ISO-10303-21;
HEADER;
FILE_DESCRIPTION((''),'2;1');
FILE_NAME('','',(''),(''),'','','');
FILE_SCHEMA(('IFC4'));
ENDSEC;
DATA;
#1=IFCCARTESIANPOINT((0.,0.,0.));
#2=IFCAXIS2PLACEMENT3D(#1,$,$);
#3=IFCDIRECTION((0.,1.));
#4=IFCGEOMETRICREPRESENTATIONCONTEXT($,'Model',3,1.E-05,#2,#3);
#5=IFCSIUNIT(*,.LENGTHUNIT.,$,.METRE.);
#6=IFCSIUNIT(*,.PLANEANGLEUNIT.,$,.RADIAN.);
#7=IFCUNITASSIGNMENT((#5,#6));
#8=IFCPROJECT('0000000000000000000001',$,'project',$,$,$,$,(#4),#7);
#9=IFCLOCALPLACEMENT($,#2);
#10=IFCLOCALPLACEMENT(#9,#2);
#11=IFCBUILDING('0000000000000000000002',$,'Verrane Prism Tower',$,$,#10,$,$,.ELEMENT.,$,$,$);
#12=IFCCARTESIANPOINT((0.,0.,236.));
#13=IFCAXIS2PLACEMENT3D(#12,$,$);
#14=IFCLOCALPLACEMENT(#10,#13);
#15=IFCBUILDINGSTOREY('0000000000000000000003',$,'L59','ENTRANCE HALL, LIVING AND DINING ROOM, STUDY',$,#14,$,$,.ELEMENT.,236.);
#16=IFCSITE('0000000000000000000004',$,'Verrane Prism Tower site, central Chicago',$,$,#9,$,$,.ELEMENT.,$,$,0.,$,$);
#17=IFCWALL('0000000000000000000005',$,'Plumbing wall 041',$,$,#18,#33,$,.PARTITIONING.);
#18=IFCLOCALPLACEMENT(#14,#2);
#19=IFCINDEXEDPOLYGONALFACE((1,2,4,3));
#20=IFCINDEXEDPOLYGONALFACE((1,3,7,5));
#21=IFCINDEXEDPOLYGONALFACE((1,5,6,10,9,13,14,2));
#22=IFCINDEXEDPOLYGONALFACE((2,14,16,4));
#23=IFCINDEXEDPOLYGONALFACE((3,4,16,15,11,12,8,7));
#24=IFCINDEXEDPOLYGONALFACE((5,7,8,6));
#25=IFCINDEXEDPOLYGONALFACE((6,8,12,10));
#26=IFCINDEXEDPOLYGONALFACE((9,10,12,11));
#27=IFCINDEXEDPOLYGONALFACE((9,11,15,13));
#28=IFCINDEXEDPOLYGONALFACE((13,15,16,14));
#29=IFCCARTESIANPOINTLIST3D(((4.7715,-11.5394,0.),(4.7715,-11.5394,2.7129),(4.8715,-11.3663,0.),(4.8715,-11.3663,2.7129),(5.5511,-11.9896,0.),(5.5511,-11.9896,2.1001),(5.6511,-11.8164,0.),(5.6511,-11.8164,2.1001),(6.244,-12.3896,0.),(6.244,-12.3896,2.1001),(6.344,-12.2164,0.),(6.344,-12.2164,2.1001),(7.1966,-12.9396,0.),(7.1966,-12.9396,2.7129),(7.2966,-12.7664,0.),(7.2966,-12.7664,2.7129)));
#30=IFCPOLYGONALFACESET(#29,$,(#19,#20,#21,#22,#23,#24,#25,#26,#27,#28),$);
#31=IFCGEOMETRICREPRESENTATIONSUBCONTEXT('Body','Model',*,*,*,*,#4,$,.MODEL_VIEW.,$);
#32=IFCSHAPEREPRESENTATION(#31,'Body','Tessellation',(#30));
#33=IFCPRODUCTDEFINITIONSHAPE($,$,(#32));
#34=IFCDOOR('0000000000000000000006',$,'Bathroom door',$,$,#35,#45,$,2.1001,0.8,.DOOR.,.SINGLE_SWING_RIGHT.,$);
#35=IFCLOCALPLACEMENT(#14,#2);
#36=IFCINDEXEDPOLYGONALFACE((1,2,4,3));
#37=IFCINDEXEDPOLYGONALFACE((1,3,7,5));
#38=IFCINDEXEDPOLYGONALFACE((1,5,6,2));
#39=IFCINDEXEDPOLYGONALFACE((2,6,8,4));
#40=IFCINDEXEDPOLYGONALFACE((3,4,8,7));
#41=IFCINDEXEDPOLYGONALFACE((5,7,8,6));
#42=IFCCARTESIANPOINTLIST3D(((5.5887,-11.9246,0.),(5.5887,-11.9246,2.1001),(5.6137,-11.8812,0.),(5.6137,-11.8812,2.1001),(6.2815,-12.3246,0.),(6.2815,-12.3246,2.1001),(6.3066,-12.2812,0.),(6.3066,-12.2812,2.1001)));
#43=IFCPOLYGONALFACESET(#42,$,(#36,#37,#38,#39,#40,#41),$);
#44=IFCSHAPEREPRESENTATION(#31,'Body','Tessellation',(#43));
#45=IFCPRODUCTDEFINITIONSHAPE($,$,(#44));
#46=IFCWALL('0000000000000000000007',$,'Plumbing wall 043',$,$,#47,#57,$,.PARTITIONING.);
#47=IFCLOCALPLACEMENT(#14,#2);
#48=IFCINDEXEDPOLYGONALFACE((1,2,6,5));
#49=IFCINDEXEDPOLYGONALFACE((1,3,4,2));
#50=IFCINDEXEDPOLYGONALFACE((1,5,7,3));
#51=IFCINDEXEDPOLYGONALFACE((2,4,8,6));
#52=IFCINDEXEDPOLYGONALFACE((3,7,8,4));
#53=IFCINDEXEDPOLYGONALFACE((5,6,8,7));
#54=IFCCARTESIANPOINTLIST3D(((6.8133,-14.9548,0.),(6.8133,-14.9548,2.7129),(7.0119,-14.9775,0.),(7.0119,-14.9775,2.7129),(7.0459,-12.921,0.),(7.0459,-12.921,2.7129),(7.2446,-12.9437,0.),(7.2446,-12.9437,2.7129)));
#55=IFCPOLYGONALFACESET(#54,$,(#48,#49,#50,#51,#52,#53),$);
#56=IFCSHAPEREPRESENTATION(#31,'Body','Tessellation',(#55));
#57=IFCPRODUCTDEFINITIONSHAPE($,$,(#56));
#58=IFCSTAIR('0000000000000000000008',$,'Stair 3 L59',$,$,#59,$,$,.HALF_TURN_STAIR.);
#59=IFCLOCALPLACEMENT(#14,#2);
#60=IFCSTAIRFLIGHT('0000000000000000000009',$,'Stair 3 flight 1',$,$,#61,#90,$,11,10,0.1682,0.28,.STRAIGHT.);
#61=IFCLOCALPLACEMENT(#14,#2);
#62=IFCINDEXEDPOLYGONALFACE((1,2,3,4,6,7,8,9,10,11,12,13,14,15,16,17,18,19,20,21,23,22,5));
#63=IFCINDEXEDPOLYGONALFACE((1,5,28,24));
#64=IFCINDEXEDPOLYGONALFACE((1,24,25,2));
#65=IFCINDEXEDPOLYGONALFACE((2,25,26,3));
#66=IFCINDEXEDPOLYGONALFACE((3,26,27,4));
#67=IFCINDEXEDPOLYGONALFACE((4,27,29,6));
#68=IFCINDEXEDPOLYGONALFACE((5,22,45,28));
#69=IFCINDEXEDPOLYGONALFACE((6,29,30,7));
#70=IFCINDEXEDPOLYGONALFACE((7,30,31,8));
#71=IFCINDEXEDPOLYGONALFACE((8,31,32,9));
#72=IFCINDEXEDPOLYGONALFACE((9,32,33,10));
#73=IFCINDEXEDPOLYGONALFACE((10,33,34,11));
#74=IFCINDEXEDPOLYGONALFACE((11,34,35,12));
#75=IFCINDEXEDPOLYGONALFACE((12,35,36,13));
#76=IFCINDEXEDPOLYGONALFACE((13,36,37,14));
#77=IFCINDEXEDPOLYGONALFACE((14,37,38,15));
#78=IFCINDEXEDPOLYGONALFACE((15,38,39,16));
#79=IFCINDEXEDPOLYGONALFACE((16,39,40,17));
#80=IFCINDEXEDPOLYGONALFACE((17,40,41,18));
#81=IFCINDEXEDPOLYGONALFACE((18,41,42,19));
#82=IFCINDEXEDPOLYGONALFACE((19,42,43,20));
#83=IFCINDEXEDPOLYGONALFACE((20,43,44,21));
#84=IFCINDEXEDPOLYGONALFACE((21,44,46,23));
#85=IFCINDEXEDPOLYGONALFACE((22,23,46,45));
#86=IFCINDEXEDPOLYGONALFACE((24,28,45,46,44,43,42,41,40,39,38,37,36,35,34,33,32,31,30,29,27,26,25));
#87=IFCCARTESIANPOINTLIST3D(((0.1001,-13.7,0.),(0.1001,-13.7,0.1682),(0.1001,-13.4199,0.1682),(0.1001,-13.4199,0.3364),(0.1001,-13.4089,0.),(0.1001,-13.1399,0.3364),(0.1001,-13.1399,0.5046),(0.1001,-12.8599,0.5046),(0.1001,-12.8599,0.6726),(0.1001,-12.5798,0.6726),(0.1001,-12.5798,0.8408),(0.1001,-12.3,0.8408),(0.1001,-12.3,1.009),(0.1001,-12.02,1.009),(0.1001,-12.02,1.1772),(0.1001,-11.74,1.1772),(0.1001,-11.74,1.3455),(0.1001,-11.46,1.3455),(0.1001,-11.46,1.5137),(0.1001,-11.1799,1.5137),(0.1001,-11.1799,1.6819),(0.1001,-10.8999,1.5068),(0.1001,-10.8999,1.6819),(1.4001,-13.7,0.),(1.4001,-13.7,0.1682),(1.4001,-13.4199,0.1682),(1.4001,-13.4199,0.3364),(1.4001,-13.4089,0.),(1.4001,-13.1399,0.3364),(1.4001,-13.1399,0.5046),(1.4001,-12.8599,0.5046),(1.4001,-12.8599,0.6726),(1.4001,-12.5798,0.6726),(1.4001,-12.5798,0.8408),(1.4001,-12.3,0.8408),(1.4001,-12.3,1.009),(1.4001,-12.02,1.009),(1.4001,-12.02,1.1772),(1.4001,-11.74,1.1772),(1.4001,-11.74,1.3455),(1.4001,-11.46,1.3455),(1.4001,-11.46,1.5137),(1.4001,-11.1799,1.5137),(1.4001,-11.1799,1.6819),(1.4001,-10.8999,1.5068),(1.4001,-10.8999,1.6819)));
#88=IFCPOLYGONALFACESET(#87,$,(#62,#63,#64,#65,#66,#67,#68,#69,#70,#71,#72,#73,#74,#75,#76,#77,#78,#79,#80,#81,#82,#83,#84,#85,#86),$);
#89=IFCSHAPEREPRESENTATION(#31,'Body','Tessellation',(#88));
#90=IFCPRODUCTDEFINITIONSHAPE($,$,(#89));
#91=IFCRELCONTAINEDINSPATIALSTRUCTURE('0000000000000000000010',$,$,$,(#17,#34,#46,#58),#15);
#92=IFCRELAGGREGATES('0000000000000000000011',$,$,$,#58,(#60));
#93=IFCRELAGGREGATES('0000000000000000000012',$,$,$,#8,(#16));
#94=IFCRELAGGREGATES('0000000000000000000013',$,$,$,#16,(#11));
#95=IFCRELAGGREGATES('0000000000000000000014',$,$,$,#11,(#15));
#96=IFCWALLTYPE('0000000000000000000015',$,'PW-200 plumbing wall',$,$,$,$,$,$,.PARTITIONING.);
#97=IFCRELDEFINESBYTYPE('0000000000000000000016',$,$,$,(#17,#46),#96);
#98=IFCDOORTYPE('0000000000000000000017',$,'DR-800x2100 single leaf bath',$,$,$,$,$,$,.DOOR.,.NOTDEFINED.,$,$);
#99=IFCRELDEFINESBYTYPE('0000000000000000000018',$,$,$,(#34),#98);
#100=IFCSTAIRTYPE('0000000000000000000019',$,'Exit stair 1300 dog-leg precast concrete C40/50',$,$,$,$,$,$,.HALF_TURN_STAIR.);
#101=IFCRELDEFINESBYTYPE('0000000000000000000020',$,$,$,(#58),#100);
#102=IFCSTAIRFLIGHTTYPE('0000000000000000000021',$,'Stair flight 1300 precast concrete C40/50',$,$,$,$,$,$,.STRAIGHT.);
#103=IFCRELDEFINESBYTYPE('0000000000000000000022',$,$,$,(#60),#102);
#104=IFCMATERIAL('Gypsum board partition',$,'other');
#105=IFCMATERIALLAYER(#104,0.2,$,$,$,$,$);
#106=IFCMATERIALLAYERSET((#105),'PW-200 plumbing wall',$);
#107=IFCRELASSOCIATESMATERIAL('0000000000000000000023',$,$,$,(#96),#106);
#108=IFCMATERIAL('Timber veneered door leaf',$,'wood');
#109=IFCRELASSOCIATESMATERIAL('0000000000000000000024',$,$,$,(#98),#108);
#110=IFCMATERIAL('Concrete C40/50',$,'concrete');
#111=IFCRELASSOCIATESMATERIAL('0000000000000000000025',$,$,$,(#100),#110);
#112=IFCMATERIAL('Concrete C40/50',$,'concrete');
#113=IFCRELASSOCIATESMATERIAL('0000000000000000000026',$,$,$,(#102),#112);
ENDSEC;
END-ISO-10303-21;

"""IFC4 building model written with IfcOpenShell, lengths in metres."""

from ifc_helpers import new_model, si_unit, direction, frame, frame_2d, origin, place, context, subcontext, project, spatial, polyline, rectangle, outline, extrude, material, layer, layer_set, type_object, element, fill, aggregate, save


model = new_model("IFC4")

# Units and contexts
model_context = context("Model", 3, precision=1e-05, world=origin(), true_north=direction((0.0, 1.0)))
body_context = subcontext(model_context, "Body", "Model", "MODEL_VIEW")
ifc_project = project(units=[si_unit("LENGTHUNIT", "METRE"), si_unit("PLANEANGLEUNIT", "RADIAN")], contexts=[model_context])

# Site, building, storey
site_placement = place(None, origin())
site = spatial("IfcSite", under=ifc_project, at=site_placement, Name="Verrane Prism Tower site, central Chicago", CompositionType="ELEMENT", RefElevation=0.0)
building_placement = place(site_placement, origin())
building = spatial("IfcBuilding", under=site, at=building_placement, Name="Verrane Prism Tower", CompositionType="ELEMENT")
storey_placement = place(building_placement, frame((0.0, 0.0, 236.0)))
storey = spatial("IfcBuildingStorey", under=building, at=storey_placement, Name="L59", Description="ENTRANCE HALL, LIVING AND DINING ROOM, STUDY", CompositionType="ELEMENT", Elevation=236.0)

# Shared definitions
ifc_material_1 = material(Name="Gypsum board partition", Category="other")
ifc_layer_1 = layer(ifc_material_1, 0.2)
ifc_layer_set_1 = layer_set([ifc_layer_1], Name="PW-200 plumbing wall")
wall_type_1 = type_object("IfcWallType", Name="PW-200 plumbing wall", PredefinedType="PARTITIONING", material=ifc_layer_set_1)

# Wall, opening, door
wall_1_placement = place(storey_placement, frame((7.2466, -12.853, 0.0), z_axis=(0.0, 0.0, 1.0), x_axis=(-0.866019, 0.500012, 0.0)))
wall_1 = element("IfcWall", 1, at=wall_1_placement, inside=storey, type_object=wall_type_1, Name="Plumbing wall 041", PredefinedType="PARTITIONING", context=body_context, shape_type="SweptSolid", body=[
    extrude(rectangle(XDim=2.8003, YDim=0.2, at=frame_2d((1.4001, 0.0))), origin(), (0.0, 0.0, 1.0), 2.7129),
])
opening_1_placement = place(wall_1_placement, frame((1.1001, 0.0, 0.0)))
opening_1 = element("IfcOpeningElement", 2, at=opening_1_placement, cuts=wall_1, PredefinedType="OPENING", context=body_context, shape_type="SweptSolid", body=[
    extrude(rectangle(XDim=0.8, YDim=2.1001, at=frame_2d((0.3999, 1.05))), frame((0.0, 0.1099, 0.0), z_axis=(0.0, -1.0, 0.0), x_axis=(1.0, 0.0, 0.0)), (0.0, 0.0, 1.0), 0.22),
])
ifc_material_2 = material(Name="Timber veneered door leaf", Category="wood")
door_type_1 = type_object("IfcDoorType", Name="DR-800x2100 single leaf bath", OperationType="NOTDEFINED", PredefinedType="DOOR", material=ifc_material_2)
door_1_placement = place(opening_1_placement, origin())
door_1 = element("IfcDoor", 3, at=door_1_placement, inside=storey, type_object=door_type_1, Name="Bathroom door", OperationType="SINGLE_SWING_RIGHT", OverallHeight=2.1001, OverallWidth=0.8, PredefinedType="DOOR", context=body_context, shape_type="SweptSolid", body=[
    extrude(rectangle(XDim=0.8, YDim=2.1001, at=frame_2d((0.3999, 1.05))), frame((0.0, 0.0249, 0.0), z_axis=(0.0, -1.0, 0.0), x_axis=(1.0, 0.0, 0.0)), (0.0, 0.0, 1.0), 0.05),
])
fill(opening_1, door_1)

# Wall
wall_2_placement = place(storey_placement, frame((6.9126, -14.9661, 0.0), z_axis=(0.0, 0.0, 1.0), x_axis=(0.113651, 0.993521, 0.0)))
element("IfcWall", 4, at=wall_2_placement, inside=storey, type_object=wall_type_1, Name="Plumbing wall 043", PredefinedType="PARTITIONING", context=body_context, shape_type="SweptSolid", body=[
    extrude(rectangle(XDim=2.0471, YDim=0.2, at=frame_2d((1.0234, 0.0))), origin(), (0.0, 0.0, 1.0), 2.7129),
])

# Stair, stair flight
ifc_material_3 = material(Name="Concrete C40/50", Category="concrete")
stair_type = type_object("IfcStairType", Name="Exit stair 1300 dog-leg precast concrete C40/50", PredefinedType="HALF_TURN_STAIR", material=ifc_material_3)
stair_placement = place(storey_placement, origin())
stair = element("IfcStair", 5, at=stair_placement, inside=storey, type_object=stair_type, Name="Stair 3 L59", PredefinedType="HALF_TURN_STAIR")
ifc_material_4 = material(Name="Concrete C40/50", Category="concrete")
stair_flight_type = type_object("IfcStairFlightType", Name="Stair flight 1300 precast concrete C40/50", PredefinedType="STRAIGHT", material=ifc_material_4)
stair_flight_placement = place(storey_placement, frame((0.75, -13.7, 0.0), z_axis=(0.0, 0.0, 1.0), x_axis=(0.0, 1.0, 0.0)))
stair_flight = element("IfcStairFlight", 6, at=stair_flight_placement, type_object=stair_flight_type, Name="Stair 3 flight 1", NumberOfRisers=11, NumberOfTreads=10, PredefinedType="STRAIGHT", RiserHeight=0.1682, TreadLength=0.28, context=body_context, shape_type="SweptSolid", body=[
    extrude(outline(polyline([(0.0, 0.0), (0.0, 0.1682), (0.28, 0.1682), (0.28, 0.3364), (0.5601, 0.3364), (0.5601, 0.5046), (0.8401, 0.5046), (0.8401, 0.6726), (1.1201, 0.6726), (1.1201, 0.8408), (1.3999, 0.8408), (1.3999, 1.009), (1.6799, 1.009), (1.6799, 1.1772), (1.96, 1.1772), (1.96, 1.3455), (2.24, 1.3455), (2.24, 1.5137), (2.52, 1.5137), (2.52, 1.6819), (2.8, 1.6819), (2.8, 1.8501), (2.8, 1.5068), (0.291, 0.0), (0.0, 0.0)])), frame((0.0, 0.6499, 0.0), z_axis=(0.0, -1.0, 0.0), x_axis=(1.0, 0.0, 0.0)), (0.0, 0.0, 1.0), 1.3),
])
aggregate(stair, [stair_flight])

save(model, "model.ifc")
